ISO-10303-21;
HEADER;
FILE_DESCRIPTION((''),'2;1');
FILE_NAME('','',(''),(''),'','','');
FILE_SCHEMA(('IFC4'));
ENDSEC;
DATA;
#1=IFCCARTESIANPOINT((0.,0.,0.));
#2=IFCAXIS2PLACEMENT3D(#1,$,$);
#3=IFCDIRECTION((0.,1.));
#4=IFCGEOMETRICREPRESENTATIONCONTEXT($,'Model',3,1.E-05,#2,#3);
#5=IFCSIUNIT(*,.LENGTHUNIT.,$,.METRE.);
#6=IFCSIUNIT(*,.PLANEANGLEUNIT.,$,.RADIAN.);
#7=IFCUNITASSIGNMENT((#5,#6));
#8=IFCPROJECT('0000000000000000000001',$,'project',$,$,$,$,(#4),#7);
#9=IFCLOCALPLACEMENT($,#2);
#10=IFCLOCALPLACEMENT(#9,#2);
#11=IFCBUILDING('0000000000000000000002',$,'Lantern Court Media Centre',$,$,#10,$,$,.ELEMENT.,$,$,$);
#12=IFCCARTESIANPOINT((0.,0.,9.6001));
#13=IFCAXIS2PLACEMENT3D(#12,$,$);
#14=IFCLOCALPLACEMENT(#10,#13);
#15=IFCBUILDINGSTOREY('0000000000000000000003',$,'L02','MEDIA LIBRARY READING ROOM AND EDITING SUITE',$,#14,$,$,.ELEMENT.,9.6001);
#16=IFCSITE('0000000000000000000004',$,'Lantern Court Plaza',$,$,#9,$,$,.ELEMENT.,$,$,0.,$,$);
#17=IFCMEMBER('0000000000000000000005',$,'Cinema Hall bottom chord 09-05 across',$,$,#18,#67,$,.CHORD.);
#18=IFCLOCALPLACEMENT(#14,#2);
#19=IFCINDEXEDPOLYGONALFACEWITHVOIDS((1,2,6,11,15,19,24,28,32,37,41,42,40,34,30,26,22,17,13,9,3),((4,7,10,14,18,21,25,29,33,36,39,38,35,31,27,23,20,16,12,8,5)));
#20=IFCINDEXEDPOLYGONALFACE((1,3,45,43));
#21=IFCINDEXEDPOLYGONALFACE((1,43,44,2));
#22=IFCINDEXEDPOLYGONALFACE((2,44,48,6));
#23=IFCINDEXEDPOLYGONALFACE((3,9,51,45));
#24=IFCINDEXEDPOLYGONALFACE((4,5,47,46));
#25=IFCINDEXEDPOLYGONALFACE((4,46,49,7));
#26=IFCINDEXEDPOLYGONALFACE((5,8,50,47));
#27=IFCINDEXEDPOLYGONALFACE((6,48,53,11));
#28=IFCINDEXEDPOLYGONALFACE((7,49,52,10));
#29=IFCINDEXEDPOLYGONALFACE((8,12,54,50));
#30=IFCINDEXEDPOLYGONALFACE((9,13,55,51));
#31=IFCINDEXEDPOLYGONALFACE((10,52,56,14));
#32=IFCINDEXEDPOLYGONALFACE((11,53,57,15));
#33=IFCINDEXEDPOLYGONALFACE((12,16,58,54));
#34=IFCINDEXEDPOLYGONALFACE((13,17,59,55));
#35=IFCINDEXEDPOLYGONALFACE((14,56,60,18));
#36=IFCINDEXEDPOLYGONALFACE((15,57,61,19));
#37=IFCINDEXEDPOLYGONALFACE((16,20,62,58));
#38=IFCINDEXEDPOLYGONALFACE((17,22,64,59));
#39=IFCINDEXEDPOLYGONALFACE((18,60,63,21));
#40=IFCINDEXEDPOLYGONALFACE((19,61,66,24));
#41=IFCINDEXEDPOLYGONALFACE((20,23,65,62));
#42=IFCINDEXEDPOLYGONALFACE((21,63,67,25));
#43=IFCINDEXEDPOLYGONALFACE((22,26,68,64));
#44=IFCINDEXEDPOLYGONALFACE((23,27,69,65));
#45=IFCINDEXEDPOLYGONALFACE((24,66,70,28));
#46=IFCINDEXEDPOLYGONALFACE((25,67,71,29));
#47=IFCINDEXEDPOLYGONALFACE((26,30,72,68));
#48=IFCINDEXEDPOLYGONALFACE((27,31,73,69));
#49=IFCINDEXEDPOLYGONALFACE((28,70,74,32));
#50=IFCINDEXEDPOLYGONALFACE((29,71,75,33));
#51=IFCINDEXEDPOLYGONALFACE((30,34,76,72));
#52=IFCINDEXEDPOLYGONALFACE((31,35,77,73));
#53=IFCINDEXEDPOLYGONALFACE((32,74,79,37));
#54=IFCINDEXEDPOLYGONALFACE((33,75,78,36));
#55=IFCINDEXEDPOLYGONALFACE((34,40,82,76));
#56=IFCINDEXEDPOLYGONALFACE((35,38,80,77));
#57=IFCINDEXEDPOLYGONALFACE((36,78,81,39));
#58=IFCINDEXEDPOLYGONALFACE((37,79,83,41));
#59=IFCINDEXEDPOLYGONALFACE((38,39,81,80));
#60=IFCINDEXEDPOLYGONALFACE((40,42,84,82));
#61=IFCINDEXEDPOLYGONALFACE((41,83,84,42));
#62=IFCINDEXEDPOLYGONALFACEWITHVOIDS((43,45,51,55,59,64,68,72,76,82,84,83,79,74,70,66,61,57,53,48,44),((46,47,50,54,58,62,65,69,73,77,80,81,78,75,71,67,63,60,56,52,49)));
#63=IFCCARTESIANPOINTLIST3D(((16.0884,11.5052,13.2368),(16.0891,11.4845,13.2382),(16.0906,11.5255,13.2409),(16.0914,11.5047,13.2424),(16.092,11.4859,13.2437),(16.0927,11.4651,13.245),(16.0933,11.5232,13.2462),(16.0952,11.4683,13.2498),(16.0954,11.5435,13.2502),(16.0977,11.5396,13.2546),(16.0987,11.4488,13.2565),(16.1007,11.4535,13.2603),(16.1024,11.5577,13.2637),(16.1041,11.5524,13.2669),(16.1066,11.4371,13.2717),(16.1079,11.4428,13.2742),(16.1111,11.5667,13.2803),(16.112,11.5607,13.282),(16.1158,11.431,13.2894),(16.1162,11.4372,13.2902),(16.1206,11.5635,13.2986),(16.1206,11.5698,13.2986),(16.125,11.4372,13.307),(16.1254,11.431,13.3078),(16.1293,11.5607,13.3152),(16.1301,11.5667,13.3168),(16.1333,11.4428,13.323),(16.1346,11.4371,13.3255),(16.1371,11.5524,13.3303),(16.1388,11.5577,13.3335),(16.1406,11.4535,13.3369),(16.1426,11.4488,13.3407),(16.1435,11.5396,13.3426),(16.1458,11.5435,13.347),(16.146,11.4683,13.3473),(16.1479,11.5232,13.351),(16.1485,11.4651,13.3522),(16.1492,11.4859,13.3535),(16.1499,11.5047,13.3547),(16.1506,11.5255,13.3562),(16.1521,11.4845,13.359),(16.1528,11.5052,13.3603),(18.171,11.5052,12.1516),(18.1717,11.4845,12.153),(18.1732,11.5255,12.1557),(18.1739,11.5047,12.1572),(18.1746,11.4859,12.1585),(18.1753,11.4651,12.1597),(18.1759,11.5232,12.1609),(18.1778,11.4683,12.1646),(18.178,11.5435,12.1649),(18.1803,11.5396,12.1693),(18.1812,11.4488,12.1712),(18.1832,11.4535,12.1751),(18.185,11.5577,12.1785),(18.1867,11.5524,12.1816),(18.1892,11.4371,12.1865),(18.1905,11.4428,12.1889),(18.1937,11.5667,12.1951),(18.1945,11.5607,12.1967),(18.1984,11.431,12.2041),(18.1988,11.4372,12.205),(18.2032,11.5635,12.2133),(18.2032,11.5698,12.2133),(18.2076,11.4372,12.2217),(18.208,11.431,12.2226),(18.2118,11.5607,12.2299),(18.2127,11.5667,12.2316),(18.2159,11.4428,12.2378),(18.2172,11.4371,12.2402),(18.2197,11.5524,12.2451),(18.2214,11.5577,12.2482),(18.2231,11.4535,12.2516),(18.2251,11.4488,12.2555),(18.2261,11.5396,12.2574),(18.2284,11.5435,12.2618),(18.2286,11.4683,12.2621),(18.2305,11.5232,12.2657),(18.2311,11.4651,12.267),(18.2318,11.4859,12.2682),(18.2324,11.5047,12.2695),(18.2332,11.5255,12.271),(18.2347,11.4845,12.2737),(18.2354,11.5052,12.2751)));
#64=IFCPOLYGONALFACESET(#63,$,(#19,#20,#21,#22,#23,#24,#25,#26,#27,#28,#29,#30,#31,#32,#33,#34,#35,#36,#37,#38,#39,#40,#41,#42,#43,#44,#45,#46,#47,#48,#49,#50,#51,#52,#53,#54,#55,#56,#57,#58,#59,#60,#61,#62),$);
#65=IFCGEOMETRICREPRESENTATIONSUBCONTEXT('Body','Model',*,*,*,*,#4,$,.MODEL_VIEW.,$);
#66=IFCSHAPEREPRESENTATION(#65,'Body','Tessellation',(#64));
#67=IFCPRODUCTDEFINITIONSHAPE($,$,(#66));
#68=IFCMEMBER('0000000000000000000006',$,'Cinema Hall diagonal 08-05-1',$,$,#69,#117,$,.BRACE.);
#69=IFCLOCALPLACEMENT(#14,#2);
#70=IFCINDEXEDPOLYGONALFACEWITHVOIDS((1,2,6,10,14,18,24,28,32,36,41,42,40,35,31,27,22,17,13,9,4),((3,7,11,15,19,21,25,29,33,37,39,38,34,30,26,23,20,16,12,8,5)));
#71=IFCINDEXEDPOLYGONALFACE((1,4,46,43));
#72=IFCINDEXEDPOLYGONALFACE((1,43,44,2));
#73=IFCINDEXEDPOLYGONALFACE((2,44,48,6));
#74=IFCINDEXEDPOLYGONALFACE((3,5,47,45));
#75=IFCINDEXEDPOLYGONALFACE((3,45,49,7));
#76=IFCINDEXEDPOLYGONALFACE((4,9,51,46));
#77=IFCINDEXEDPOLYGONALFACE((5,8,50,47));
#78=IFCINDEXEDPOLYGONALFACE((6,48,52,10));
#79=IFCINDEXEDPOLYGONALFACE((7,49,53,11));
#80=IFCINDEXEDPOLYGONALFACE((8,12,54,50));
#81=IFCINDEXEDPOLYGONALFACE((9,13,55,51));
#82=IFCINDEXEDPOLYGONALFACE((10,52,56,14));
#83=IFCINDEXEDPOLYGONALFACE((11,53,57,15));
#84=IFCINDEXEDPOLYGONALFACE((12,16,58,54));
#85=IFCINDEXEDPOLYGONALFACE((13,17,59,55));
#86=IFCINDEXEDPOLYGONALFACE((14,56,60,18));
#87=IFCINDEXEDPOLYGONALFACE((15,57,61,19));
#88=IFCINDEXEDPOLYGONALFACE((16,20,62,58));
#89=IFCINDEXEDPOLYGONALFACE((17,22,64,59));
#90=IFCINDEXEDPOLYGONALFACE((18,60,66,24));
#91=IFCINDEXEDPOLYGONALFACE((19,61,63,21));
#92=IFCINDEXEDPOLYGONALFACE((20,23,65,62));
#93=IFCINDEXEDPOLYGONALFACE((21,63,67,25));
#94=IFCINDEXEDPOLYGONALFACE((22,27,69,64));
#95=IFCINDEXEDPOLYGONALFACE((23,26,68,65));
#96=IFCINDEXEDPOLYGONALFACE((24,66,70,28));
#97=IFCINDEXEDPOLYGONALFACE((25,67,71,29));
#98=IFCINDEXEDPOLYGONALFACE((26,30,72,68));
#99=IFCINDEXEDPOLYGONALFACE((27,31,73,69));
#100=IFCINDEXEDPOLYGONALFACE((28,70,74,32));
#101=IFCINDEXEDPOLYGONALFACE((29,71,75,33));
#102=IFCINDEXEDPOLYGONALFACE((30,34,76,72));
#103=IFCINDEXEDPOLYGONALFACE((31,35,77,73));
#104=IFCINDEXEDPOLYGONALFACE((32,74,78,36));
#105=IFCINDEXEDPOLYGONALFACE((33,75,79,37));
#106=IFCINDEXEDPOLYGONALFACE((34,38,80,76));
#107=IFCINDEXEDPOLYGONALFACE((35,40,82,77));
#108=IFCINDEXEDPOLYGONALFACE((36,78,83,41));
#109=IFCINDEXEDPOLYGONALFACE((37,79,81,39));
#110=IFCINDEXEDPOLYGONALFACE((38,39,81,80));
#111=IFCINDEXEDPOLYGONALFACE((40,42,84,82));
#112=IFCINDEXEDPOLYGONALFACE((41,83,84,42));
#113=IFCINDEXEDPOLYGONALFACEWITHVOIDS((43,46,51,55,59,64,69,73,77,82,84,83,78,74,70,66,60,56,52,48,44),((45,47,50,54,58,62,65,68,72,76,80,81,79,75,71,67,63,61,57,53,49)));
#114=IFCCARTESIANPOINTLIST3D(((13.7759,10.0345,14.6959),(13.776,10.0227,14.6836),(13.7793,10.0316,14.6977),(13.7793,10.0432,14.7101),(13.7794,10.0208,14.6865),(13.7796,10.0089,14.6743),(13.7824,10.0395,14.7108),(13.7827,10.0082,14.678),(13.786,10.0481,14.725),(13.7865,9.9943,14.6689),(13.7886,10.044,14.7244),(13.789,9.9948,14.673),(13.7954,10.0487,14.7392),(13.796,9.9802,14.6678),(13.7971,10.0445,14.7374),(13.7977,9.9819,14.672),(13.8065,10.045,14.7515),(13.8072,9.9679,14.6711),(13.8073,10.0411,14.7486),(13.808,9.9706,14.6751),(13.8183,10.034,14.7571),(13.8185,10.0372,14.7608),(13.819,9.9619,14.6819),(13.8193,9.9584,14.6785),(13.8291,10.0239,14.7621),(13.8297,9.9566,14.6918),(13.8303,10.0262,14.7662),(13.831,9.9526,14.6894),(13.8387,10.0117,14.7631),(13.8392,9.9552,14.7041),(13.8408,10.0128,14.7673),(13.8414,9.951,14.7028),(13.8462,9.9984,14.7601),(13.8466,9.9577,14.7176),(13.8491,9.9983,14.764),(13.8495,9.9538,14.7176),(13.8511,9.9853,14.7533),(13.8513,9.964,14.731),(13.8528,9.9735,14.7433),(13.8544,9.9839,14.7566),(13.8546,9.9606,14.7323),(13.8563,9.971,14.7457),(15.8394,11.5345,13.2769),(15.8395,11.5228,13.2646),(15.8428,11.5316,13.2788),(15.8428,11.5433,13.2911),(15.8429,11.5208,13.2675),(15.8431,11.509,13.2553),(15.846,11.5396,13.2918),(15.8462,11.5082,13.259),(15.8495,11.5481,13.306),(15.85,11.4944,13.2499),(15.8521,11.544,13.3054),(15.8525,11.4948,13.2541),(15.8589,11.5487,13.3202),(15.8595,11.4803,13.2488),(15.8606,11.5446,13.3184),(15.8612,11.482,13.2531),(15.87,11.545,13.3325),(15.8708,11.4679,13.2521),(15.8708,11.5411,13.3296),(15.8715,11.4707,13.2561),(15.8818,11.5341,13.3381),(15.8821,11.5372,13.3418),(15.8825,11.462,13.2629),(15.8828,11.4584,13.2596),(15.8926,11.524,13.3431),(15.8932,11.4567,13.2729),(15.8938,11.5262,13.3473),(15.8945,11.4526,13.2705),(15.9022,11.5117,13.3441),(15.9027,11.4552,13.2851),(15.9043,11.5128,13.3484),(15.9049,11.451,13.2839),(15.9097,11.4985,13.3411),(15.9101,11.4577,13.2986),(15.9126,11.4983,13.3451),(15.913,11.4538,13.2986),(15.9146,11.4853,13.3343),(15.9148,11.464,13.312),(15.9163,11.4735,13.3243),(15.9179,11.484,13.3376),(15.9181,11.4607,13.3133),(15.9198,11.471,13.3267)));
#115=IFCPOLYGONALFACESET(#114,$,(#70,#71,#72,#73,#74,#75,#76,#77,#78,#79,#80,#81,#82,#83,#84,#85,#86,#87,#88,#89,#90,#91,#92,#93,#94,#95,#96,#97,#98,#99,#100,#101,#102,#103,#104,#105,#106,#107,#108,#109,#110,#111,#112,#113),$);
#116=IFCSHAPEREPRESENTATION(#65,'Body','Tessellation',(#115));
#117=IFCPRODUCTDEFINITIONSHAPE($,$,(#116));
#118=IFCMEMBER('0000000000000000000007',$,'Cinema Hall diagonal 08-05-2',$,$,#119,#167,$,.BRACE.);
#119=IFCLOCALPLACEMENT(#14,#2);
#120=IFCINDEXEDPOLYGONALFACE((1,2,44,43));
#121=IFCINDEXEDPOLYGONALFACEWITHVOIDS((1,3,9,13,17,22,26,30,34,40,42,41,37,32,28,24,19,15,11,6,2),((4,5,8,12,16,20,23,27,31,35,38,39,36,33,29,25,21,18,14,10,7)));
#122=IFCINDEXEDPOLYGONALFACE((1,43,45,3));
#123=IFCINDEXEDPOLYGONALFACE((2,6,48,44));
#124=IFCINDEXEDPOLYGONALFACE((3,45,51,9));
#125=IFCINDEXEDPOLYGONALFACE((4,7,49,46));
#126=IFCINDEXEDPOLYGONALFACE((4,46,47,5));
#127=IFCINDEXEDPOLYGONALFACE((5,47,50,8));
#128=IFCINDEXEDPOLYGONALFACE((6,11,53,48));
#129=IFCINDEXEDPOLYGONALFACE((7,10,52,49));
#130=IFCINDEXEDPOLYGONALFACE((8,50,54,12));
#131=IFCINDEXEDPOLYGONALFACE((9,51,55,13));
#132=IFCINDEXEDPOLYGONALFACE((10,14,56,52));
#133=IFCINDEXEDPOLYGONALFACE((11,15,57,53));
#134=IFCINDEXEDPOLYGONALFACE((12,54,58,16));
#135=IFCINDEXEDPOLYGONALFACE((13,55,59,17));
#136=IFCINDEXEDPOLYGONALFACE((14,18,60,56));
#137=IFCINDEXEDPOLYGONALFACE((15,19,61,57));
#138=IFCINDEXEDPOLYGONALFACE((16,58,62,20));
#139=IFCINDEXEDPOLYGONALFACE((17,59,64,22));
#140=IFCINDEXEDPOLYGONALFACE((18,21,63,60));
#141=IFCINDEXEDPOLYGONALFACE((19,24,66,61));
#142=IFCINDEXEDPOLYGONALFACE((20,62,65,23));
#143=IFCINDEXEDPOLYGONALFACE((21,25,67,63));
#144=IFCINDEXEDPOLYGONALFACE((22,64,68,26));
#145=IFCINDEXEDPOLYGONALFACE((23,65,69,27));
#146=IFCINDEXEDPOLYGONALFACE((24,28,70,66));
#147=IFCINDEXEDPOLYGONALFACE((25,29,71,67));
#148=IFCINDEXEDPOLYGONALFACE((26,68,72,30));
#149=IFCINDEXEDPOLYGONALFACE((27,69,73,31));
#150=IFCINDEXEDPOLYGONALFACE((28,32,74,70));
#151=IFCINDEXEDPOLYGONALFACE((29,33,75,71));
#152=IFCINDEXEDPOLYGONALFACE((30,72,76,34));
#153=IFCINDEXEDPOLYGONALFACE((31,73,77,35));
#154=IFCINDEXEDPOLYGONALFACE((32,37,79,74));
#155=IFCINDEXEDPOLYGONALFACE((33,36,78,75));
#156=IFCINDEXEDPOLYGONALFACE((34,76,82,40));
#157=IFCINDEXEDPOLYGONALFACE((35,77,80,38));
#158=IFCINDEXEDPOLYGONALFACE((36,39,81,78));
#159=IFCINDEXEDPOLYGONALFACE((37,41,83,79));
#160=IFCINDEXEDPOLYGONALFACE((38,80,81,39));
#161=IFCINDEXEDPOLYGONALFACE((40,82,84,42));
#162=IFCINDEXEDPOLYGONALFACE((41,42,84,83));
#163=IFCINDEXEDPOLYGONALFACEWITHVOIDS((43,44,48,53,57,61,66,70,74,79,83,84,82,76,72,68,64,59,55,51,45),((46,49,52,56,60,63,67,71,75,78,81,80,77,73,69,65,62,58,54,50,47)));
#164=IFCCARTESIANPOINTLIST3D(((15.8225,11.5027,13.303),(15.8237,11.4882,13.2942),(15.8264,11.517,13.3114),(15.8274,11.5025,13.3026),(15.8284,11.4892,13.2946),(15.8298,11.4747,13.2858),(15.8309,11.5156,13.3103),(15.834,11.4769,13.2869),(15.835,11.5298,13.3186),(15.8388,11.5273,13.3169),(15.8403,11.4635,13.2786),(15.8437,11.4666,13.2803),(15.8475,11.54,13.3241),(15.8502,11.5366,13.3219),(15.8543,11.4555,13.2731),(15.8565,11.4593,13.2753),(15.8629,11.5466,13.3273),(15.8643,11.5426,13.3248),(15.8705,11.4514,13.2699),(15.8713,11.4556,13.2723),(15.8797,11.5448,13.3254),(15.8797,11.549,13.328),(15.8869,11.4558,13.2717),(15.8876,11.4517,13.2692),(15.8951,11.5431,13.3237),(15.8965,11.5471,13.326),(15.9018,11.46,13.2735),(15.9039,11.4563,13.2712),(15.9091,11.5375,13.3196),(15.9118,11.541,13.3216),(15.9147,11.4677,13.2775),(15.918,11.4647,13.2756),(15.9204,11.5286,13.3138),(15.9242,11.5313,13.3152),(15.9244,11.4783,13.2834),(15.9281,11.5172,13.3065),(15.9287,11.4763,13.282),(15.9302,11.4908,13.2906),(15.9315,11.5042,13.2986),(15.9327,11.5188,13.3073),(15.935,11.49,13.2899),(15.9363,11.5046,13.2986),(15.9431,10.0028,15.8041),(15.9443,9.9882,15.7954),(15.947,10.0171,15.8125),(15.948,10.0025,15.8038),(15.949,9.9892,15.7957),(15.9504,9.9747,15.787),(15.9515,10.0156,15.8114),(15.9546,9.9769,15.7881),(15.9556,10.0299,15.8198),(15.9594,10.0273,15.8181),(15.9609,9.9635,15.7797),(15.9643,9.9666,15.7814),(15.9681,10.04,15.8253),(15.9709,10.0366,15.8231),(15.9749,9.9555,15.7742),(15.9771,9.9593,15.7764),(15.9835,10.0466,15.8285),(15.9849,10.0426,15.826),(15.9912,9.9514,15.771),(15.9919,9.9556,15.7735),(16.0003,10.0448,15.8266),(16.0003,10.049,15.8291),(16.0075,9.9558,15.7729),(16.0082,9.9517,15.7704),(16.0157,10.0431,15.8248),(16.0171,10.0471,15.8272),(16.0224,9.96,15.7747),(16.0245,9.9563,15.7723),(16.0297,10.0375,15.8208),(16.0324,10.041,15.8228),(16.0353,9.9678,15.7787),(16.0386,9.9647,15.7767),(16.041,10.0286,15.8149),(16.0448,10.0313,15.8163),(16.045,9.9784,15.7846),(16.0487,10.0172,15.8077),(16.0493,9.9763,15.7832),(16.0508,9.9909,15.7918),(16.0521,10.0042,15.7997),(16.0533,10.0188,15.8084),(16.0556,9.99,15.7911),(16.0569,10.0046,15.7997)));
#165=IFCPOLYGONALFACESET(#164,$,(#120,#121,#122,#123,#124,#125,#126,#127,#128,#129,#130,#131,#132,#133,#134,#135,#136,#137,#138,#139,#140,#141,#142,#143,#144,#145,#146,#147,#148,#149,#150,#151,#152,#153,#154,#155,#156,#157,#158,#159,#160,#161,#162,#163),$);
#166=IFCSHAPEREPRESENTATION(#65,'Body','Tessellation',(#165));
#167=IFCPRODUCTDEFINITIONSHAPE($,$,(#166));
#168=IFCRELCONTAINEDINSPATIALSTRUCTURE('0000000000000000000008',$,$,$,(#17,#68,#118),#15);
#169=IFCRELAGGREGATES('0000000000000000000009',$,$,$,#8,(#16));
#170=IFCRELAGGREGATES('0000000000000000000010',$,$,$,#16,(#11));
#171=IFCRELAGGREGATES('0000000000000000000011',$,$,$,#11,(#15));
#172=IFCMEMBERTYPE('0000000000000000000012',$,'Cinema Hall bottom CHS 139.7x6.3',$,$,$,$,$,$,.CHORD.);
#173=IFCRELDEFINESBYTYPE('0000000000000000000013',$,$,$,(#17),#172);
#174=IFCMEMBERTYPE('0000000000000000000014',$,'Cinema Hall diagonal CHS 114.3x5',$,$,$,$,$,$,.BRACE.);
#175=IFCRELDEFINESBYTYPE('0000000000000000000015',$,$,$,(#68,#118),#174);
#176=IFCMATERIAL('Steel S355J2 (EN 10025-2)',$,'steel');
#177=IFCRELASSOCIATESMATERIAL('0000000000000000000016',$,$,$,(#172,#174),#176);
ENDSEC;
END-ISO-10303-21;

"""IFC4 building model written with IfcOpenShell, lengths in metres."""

from ifc_helpers import new_model, si_unit, direction, frame, origin, origin_2d, place, context, subcontext, project, spatial, hollow_circle, extrude, material, material_profile, profile_set, type_object, element, save


model = new_model("IFC4")

# Units and contexts
model_context = context("Model", 3, precision=1e-05, world=origin(), true_north=direction((0.0, 1.0)))
body_context = subcontext(model_context, "Body", "Model", "MODEL_VIEW")
ifc_project = project(units=[si_unit("LENGTHUNIT", "METRE"), si_unit("PLANEANGLEUNIT", "RADIAN")], contexts=[model_context])

# Site, building, storey
site_placement = place(None, origin())
site = spatial("IfcSite", under=ifc_project, at=site_placement, Name="Lantern Court Plaza", CompositionType="ELEMENT", RefElevation=0.0)
building_placement = place(site_placement, origin())
building = spatial("IfcBuilding", under=site, at=building_placement, Name="Lantern Court Media Centre", CompositionType="ELEMENT")
storey_placement = place(building_placement, frame((0.0, 0.0, 9.6001)))
storey = spatial("IfcBuildingStorey", under=building, at=storey_placement, Name="L02", Description="MEDIA LIBRARY READING ROOM AND EDITING SUITE", CompositionType="ELEMENT", Elevation=9.6001)

# Members
ifc_material = material(Name="Steel S355J2 (EN 10025-2)", Category="steel")
ifc_material_profile_1 = material_profile(ifc_material, hollow_circle(Radius=0.0698, WallThickness=0.0063, at=origin_2d()), Name="Cinema Hall bottom CHS 139.7x6.3")
ifc_profile_set_1 = profile_set([ifc_material_profile_1], Name="Steel S355J2 (EN 10025-2)")
member_type_1 = type_object("IfcMemberType", Name="Cinema Hall bottom CHS 139.7x6.3", PredefinedType="CHORD", material=ifc_profile_set_1)
member_1_placement = place(storey_placement, frame((16.1206, 11.5, 13.2986), z_axis=(0.886816, 0.0, -0.462122), x_axis=(0.0, 1.0, 0.0)))
element("IfcMember", 1, at=member_1_placement, inside=storey, type_object=member_type_1, Name="Cinema Hall bottom chord 09-05 across", PredefinedType="CHORD", context=body_context, shape_type="SweptSolid", body=[
    extrude(hollow_circle(Radius=0.0698, WallThickness=0.0063, at=origin_2d()), origin(), (0.0, 0.0, 1.0), 2.3484),
])
ifc_material_profile_2 = material_profile(ifc_material, hollow_circle(Radius=0.0571, WallThickness=0.0049, at=origin_2d()), Name="Cinema Hall diagonal CHS 114.3x5")
ifc_profile_set_2 = profile_set([ifc_material_profile_2], Name="Steel S355J2 (EN 10025-2)")
member_type_2 = type_object("IfcMemberType", Name="Cinema Hall diagonal CHS 114.3x5", PredefinedType="BRACE", material=ifc_profile_set_2)
member_2_placement = place(storey_placement, frame((15.8794, 11.5, 13.2986), z_axis=(-0.70688, -0.513851, 0.486084), x_axis=(0.58799, -0.808868, 0.0)))
element("IfcMember", 2, at=member_2_placement, inside=storey, type_object=member_type_2, Name="Cinema Hall diagonal 08-05-1", PredefinedType="BRACE", context=body_context, shape_type="SweptSolid", body=[
    extrude(hollow_circle(Radius=0.0571, WallThickness=0.0049, at=origin_2d()), origin(), (0.0, 0.0, 1.0), 2.9192),
])
for number, where, z_axis, x_axis, name in (
    (3, (15.8794, 11.5, 13.2986), (0.041317, -0.513872, 0.856871), (0.996783, 0.080145, 0.0), "Cinema Hall diagonal 08-05-2"),
):
    element("IfcMember", number, at=place(storey_placement, frame(where, z_axis=z_axis, x_axis=x_axis)), inside=storey, type_object=member_type_2, Name=name, PredefinedType="BRACE", context=body_context, shape_type="SweptSolid", body=[
        extrude(hollow_circle(Radius=0.0571, WallThickness=0.0049, at=origin_2d()), origin(), (0.0, 0.0, 1.0), 2.9189),
    ])

save(model, "model.ifc")
